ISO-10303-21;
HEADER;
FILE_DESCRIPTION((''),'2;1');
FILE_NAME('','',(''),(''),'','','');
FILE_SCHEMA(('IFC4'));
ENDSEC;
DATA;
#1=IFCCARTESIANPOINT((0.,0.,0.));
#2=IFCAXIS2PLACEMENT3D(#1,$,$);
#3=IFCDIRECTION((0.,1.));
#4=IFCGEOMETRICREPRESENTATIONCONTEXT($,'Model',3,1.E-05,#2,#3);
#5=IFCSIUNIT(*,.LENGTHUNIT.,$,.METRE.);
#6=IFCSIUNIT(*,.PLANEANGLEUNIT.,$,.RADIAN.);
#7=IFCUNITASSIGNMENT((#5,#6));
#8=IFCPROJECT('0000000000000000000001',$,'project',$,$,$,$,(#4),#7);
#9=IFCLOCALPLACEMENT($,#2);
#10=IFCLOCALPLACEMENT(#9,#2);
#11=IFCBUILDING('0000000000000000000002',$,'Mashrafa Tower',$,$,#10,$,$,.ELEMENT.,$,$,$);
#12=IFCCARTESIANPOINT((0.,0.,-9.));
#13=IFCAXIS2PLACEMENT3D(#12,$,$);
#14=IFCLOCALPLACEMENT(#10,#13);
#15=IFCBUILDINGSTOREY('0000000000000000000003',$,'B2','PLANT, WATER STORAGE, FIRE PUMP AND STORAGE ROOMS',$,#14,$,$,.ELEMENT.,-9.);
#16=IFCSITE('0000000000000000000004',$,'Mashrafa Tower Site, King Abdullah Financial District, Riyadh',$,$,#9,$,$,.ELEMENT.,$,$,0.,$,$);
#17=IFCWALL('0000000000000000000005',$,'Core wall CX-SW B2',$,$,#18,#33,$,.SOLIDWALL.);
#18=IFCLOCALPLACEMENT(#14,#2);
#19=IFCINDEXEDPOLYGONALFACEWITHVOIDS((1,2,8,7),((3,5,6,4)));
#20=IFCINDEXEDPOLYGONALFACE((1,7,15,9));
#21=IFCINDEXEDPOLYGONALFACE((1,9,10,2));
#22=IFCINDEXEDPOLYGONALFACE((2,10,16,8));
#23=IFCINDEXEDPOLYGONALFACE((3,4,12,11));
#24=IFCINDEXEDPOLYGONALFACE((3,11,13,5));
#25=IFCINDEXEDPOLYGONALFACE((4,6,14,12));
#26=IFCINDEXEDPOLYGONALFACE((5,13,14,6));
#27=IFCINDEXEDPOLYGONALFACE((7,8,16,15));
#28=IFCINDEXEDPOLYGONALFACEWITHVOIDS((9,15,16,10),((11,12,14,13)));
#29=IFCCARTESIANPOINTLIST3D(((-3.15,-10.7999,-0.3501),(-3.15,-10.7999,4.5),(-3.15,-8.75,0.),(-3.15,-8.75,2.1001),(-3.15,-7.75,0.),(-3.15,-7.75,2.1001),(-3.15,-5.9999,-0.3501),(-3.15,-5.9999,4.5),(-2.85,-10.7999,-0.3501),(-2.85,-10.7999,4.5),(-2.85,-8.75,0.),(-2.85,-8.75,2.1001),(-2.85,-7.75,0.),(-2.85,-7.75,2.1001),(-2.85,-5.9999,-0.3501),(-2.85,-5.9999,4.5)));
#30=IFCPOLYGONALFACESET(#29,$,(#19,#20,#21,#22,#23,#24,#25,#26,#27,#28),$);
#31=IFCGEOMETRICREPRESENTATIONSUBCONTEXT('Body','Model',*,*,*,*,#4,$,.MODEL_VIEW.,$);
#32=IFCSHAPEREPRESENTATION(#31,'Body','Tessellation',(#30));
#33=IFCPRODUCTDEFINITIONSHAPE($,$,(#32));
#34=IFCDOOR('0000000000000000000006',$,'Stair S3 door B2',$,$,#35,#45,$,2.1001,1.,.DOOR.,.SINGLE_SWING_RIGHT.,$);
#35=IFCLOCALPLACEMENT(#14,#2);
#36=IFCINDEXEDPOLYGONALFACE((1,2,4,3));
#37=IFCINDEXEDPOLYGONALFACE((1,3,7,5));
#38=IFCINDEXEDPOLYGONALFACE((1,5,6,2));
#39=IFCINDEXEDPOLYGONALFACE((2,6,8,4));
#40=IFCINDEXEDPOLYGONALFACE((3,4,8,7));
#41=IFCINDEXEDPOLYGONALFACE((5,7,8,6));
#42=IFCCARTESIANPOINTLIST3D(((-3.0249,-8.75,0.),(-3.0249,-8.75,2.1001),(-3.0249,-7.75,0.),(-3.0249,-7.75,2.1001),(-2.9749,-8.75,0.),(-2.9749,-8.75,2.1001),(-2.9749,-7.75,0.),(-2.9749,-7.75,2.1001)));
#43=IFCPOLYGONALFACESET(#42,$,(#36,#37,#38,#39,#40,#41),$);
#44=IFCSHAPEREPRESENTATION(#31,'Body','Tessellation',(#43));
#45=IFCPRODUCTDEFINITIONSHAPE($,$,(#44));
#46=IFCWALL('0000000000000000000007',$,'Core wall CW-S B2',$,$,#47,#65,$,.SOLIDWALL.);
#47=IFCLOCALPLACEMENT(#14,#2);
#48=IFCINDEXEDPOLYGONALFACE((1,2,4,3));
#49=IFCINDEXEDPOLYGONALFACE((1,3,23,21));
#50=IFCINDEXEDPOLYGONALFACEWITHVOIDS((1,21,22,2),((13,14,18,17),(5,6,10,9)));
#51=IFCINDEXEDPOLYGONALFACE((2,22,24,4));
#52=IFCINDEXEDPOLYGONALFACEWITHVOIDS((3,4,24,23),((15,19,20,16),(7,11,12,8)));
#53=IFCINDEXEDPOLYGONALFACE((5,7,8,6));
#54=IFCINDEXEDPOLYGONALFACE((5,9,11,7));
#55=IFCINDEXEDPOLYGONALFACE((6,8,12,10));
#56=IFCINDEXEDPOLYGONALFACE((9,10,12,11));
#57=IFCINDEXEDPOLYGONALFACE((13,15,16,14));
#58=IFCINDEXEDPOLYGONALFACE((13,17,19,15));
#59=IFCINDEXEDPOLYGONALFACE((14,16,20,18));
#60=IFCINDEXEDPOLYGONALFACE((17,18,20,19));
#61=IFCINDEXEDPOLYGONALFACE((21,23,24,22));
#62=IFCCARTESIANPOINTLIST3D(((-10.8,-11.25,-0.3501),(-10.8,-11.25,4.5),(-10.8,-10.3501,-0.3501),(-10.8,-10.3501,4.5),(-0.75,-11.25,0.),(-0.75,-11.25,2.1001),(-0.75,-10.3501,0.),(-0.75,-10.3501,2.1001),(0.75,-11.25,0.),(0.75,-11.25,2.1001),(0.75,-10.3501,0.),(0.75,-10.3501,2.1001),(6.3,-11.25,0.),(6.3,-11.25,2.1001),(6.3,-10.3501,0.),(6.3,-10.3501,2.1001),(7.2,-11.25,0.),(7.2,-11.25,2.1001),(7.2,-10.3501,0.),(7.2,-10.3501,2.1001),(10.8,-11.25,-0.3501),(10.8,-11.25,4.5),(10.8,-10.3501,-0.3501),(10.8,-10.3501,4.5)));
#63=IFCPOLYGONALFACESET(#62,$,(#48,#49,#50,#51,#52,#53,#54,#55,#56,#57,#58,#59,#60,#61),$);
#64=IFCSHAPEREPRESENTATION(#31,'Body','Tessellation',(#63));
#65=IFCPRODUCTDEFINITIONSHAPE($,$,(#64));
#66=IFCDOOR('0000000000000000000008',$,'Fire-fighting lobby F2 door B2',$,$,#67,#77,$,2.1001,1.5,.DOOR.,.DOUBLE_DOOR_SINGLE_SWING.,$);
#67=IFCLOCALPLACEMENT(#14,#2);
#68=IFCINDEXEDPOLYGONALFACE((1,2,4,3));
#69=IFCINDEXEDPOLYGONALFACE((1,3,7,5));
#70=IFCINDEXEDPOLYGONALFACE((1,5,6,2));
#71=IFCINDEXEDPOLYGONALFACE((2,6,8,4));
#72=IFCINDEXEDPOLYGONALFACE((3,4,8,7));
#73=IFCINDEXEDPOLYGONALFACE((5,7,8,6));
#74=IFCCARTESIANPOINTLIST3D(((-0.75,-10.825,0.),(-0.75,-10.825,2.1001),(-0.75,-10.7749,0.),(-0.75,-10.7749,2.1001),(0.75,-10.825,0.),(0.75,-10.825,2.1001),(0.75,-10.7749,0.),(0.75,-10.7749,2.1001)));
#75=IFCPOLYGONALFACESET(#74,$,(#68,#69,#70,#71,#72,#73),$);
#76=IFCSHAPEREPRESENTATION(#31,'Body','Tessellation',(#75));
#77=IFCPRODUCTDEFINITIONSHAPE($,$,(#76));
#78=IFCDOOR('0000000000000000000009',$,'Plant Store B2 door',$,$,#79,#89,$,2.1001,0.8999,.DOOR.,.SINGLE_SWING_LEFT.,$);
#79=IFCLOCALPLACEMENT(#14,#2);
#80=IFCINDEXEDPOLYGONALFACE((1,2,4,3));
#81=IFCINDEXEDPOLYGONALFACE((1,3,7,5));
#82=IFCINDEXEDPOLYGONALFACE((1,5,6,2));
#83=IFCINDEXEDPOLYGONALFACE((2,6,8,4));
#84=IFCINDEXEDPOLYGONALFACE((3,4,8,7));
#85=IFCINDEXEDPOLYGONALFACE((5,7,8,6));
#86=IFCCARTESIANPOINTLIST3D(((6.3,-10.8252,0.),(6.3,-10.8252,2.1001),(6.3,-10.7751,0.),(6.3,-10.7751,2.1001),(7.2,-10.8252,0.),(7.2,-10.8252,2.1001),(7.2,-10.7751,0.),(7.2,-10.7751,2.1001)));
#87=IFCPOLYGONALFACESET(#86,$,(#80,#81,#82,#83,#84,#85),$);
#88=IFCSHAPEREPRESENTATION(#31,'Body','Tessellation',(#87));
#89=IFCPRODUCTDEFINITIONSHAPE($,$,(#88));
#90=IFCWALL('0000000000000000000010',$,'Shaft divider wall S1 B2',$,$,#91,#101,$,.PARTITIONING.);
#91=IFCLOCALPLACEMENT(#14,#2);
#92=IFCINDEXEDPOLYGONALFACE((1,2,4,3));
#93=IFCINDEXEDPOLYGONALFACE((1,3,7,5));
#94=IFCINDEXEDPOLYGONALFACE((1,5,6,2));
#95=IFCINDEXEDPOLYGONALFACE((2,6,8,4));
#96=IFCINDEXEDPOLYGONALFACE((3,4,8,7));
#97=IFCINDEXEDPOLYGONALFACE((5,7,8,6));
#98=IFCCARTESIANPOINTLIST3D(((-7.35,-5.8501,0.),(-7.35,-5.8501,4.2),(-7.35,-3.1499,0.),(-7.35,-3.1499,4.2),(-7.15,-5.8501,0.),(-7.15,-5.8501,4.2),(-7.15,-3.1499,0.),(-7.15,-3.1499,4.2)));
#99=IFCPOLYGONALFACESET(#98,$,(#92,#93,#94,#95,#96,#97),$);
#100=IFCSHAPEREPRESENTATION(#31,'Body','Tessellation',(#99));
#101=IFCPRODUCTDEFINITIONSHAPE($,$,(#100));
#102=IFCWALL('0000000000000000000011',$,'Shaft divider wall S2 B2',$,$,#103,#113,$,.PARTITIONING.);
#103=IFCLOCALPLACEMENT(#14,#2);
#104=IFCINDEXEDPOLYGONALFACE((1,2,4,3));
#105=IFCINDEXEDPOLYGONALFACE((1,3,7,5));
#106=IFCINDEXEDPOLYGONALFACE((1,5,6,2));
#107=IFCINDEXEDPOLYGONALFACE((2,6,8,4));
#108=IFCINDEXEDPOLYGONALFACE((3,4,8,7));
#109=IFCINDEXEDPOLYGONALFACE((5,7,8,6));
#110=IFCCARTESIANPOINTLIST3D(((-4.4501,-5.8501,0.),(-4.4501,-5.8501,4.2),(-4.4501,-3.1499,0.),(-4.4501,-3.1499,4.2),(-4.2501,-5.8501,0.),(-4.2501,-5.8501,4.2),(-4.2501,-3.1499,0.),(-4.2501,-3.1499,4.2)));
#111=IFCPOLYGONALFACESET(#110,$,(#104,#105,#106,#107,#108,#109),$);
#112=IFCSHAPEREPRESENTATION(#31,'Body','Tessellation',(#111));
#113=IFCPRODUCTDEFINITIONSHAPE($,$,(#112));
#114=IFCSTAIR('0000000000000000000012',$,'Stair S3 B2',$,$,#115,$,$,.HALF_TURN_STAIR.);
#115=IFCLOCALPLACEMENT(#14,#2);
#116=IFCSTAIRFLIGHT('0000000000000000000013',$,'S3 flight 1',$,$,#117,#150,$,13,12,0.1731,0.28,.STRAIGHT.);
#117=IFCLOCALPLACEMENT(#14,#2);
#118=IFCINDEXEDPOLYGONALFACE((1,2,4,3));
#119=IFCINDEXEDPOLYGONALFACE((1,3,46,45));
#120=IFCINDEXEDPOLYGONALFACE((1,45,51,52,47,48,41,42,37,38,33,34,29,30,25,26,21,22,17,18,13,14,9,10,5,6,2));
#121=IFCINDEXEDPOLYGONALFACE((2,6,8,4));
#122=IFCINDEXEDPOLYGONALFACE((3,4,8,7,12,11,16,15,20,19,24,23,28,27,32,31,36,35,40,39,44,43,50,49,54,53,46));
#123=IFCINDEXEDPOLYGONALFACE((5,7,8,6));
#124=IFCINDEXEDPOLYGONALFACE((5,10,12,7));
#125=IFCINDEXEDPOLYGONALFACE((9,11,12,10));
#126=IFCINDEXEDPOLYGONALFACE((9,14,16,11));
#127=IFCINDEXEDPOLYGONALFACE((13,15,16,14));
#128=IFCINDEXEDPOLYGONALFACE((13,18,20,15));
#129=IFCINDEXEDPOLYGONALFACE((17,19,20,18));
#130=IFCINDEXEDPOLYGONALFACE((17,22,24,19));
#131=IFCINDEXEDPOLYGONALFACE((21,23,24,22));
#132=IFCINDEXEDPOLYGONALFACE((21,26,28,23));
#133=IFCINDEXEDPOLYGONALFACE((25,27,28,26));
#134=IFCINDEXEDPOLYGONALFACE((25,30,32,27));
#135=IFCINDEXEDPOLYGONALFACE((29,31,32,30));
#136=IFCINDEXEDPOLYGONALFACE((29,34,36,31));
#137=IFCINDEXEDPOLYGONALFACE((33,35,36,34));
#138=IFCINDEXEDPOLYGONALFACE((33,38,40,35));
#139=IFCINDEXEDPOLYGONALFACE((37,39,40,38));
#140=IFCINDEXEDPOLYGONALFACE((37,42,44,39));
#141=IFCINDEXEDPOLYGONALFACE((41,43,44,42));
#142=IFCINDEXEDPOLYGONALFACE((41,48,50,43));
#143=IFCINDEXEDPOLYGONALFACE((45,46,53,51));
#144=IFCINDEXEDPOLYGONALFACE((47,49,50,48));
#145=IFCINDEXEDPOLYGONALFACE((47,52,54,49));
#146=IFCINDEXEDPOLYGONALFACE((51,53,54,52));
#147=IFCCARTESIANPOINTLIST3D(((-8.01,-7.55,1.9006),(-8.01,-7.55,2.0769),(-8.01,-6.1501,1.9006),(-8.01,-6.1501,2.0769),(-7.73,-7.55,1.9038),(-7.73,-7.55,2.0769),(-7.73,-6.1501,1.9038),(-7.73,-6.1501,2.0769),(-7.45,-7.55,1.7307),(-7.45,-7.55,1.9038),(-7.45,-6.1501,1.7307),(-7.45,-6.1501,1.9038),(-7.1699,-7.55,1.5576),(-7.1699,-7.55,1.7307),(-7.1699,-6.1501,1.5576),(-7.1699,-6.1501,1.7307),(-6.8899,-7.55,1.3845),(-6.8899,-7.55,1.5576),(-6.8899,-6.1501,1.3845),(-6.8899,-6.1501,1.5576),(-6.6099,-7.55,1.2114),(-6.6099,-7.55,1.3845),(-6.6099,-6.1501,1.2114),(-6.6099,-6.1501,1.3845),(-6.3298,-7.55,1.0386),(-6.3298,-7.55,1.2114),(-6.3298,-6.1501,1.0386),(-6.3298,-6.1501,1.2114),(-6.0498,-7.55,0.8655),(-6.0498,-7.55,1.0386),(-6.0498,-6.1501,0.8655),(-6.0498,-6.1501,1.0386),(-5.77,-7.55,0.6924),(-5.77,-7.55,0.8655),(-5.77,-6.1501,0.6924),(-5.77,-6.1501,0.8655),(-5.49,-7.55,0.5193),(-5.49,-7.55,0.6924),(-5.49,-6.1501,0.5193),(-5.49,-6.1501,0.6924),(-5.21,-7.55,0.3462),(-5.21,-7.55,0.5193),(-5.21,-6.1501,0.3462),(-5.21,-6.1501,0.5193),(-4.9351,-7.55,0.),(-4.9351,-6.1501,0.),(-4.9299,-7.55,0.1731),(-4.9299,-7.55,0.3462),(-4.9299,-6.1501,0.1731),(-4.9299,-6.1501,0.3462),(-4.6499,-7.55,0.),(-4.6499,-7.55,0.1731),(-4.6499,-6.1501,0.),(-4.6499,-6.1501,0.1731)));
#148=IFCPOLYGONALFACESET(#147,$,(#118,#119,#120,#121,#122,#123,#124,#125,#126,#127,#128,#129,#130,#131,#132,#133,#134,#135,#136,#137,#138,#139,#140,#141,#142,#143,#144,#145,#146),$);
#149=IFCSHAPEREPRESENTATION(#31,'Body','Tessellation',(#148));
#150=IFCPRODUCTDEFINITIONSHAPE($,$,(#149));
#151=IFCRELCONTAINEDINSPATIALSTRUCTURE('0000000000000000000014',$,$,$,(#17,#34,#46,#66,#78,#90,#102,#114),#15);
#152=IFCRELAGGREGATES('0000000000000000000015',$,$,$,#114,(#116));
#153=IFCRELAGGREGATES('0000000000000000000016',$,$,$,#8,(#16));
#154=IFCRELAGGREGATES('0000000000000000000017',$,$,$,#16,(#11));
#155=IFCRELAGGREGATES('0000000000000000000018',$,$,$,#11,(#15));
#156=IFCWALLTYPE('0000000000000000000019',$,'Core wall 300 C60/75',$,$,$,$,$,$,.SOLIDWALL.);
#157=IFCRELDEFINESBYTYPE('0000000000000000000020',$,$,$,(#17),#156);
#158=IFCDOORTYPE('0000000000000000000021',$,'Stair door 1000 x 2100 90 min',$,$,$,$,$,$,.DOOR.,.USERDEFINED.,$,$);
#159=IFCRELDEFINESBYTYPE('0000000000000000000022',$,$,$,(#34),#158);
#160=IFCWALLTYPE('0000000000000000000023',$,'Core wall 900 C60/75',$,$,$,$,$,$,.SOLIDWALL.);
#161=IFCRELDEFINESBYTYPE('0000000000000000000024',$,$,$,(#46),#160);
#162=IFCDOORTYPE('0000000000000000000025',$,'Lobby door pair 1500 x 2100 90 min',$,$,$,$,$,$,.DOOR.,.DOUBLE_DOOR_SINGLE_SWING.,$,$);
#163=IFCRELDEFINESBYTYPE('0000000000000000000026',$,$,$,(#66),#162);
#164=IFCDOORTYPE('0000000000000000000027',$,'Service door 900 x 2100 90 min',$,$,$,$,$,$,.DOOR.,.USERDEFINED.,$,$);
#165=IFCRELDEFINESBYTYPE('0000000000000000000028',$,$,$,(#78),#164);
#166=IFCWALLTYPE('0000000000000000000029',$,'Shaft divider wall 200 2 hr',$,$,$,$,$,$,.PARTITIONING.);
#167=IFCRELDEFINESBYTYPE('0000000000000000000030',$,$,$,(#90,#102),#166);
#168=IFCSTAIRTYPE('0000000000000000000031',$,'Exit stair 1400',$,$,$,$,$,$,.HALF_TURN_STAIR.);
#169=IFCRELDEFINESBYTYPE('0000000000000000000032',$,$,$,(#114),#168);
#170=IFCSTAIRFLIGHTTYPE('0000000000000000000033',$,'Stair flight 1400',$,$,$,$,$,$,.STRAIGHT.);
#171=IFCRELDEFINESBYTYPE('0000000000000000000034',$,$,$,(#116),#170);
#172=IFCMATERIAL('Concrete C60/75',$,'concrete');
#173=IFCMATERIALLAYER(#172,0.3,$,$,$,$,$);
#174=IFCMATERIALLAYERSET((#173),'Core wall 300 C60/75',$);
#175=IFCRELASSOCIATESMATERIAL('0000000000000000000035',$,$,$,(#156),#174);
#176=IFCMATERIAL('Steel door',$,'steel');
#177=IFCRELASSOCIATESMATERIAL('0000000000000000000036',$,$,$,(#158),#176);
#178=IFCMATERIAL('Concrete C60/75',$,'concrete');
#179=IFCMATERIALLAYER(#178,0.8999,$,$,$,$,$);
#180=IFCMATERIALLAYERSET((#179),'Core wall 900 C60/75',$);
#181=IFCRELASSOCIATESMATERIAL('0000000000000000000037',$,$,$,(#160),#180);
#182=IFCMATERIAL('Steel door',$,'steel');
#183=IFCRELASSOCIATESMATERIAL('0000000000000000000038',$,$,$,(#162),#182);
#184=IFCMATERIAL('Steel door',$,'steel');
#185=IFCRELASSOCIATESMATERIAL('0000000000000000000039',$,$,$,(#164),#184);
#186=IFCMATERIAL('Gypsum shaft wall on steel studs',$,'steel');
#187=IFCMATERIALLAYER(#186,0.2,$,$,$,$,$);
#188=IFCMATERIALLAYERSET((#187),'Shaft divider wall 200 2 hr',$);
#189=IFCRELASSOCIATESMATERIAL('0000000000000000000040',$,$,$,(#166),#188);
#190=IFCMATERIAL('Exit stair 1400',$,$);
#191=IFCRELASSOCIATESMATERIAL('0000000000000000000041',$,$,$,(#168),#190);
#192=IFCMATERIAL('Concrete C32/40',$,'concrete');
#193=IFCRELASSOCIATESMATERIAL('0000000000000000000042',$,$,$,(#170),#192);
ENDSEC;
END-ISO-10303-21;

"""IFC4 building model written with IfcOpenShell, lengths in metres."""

from ifc_helpers import new_model, si_unit, direction, frame, frame_2d, origin, place, context, subcontext, project, spatial, polyline, rectangle, outline, extrude, material, layer, layer_set, type_object, element, fill, aggregate, save


model = new_model("IFC4")

# Units and contexts
model_context = context("Model", 3, precision=1e-05, world=origin(), true_north=direction((0.0, 1.0)))
body_context = subcontext(model_context, "Body", "Model", "MODEL_VIEW")
ifc_project = project(units=[si_unit("LENGTHUNIT", "METRE"), si_unit("PLANEANGLEUNIT", "RADIAN")], contexts=[model_context])

# Site, building, storey
site_placement = place(None, origin())
site = spatial("IfcSite", under=ifc_project, at=site_placement, Name="Mashrafa Tower Site, King Abdullah Financial District, Riyadh", CompositionType="ELEMENT", RefElevation=0.0)
building_placement = place(site_placement, origin())
building = spatial("IfcBuilding", under=site, at=building_placement, Name="Mashrafa Tower", CompositionType="ELEMENT")
storey_placement = place(building_placement, frame((0.0, 0.0, -9.0)))
storey = spatial("IfcBuildingStorey", under=building, at=storey_placement, Name="B2", Description="PLANT, WATER STORAGE, FIRE PUMP AND STORAGE ROOMS", CompositionType="ELEMENT", Elevation=-9.0)

# Shared definitions
ifc_material_1 = material(Name="Concrete C60/75", Category="concrete")
ifc_layer_1 = layer(ifc_material_1, 0.3)
ifc_layer_set_1 = layer_set([ifc_layer_1], Name="Core wall 300 C60/75")
wall_type_1 = type_object("IfcWallType", Name="Core wall 300 C60/75", PredefinedType="SOLIDWALL", material=ifc_layer_set_1)

# Wall, opening, door
wall_1_placement = place(storey_placement, frame((-3.0, -6.0, -0.3501), z_axis=(0.0, 0.0, 1.0), x_axis=(0.0, -1.0, 0.0)))
wall_1 = element("IfcWall", 1, at=wall_1_placement, inside=storey, type_object=wall_type_1, Name="Core wall CX-SW B2", PredefinedType="SOLIDWALL", context=body_context, shape_type="SweptSolid", body=[
    extrude(rectangle(XDim=4.8, YDim=0.3, at=frame_2d((2.3999, 0.0))), origin(), (0.0, 0.0, 1.0), 4.8501),
])
opening_1_placement = place(wall_1_placement, frame((1.75, 0.0, 0.3501)))
opening_1 = element("IfcOpeningElement", 2, at=opening_1_placement, cuts=wall_1, PredefinedType="OPENING", context=body_context, shape_type="SweptSolid", body=[
    extrude(rectangle(XDim=1.0, YDim=2.1001, at=frame_2d((0.5, 1.05))), frame((0.0, 0.1599, 0.0), z_axis=(0.0, -1.0, 0.0), x_axis=(1.0, 0.0, 0.0)), (0.0, 0.0, 1.0), 0.3201),
])
ifc_material_2 = material(Name="Steel door", Category="steel")
door_type_1 = type_object("IfcDoorType", Name="Stair door 1000 x 2100 90 min", OperationType="USERDEFINED", PredefinedType="DOOR", material=ifc_material_2)
door_1_placement = place(opening_1_placement, frame((1.0, 0.0, 0.0), z_axis=(0.0, 0.0, 1.0), x_axis=(-1.0, 0.0, 0.0)))
door_1 = element("IfcDoor", 3, at=door_1_placement, inside=storey, type_object=door_type_1, Name="Stair S3 door B2", OperationType="SINGLE_SWING_RIGHT", OverallHeight=2.1001, OverallWidth=1.0, PredefinedType="DOOR", context=body_context, shape_type="SweptSolid", body=[
    extrude(rectangle(XDim=1.0, YDim=2.1001, at=frame_2d((0.5, 1.05))), frame((0.0, 0.0249, 0.0), z_axis=(0.0, -1.0, 0.0), x_axis=(1.0, 0.0, 0.0)), (0.0, 0.0, 1.0), 0.05),
])
fill(opening_1, door_1)

# Wall, openings, doors
ifc_material_3 = material(Name="Concrete C60/75", Category="concrete")
ifc_layer_2 = layer(ifc_material_3, 0.8999)
ifc_layer_set_2 = layer_set([ifc_layer_2], Name="Core wall 900 C60/75")
wall_type_2 = type_object("IfcWallType", Name="Core wall 900 C60/75", PredefinedType="SOLIDWALL", material=ifc_layer_set_2)
wall_2_placement = place(storey_placement, frame((-10.8, -10.8, -0.3501), z_axis=(0.0, 0.0, 1.0), x_axis=(1.0, 0.0, 0.0)))
wall_2 = element("IfcWall", 4, at=wall_2_placement, inside=storey, type_object=wall_type_2, Name="Core wall CW-S B2", PredefinedType="SOLIDWALL", context=body_context, shape_type="SweptSolid", body=[
    extrude(rectangle(XDim=21.6001, YDim=0.8999, at=frame_2d((10.8, 0.0))), origin(), (0.0, 0.0, 1.0), 4.8501),
])
opening_2_placement = place(wall_2_placement, frame((10.05, 0.0, 0.3501)))
opening_2 = element("IfcOpeningElement", 5, at=opening_2_placement, cuts=wall_2, PredefinedType="OPENING", context=body_context, shape_type="SweptSolid", body=[
    extrude(rectangle(XDim=1.5, YDim=2.1001, at=frame_2d((0.75, 1.05))), frame((0.0, 0.46, 0.0), z_axis=(0.0, -1.0, 0.0), x_axis=(1.0, 0.0, 0.0)), (0.0, 0.0, 1.0), 0.9199),
])
opening_3_placement = place(wall_2_placement, frame((17.1001, 0.0, 0.3501)))
opening_3 = element("IfcOpeningElement", 6, at=opening_3_placement, cuts=wall_2, PredefinedType="OPENING", context=body_context, shape_type="SweptSolid", body=[
    extrude(rectangle(XDim=0.8999, YDim=2.1001, at=frame_2d((0.45, 1.05))), frame((0.0, 0.46, 0.0), z_axis=(0.0, -1.0, 0.0), x_axis=(1.0, 0.0, 0.0)), (0.0, 0.0, 1.0), 0.9199),
])
ifc_material_4 = material(Name="Steel door", Category="steel")
door_type_2 = type_object("IfcDoorType", Name="Lobby door pair 1500 x 2100 90 min", OperationType="DOUBLE_DOOR_SINGLE_SWING", PredefinedType="DOOR", material=ifc_material_4)
door_2_placement = place(opening_2_placement, frame((1.5, 0.0, 0.0), z_axis=(0.0, 0.0, 1.0), x_axis=(-1.0, 0.0, 0.0)))
door_2 = element("IfcDoor", 7, at=door_2_placement, inside=storey, type_object=door_type_2, Name="Fire-fighting lobby F2 door B2", OperationType="DOUBLE_DOOR_SINGLE_SWING", OverallHeight=2.1001, OverallWidth=1.5, PredefinedType="DOOR", context=body_context, shape_type="SweptSolid", body=[
    extrude(rectangle(XDim=1.5, YDim=2.1001, at=frame_2d((0.75, 1.05))), frame((0.0, 0.0249, 0.0), z_axis=(0.0, -1.0, 0.0), x_axis=(1.0, 0.0, 0.0)), (0.0, 0.0, 1.0), 0.05),
])
fill(opening_2, door_2)
ifc_material_5 = material(Name="Steel door", Category="steel")
door_type_3 = type_object("IfcDoorType", Name="Service door 900 x 2100 90 min", OperationType="USERDEFINED", PredefinedType="DOOR", material=ifc_material_5)
door_3_placement = place(opening_3_placement, origin())
door_3 = element("IfcDoor", 8, at=door_3_placement, inside=storey, type_object=door_type_3, Name="Plant Store B2 door", OperationType="SINGLE_SWING_LEFT", OverallHeight=2.1001, OverallWidth=0.8999, PredefinedType="DOOR", context=body_context, shape_type="SweptSolid", body=[
    extrude(rectangle(XDim=0.8999, YDim=2.1001, at=frame_2d((0.45, 1.05))), frame((0.0, 0.0249, 0.0), z_axis=(0.0, -1.0, 0.0), x_axis=(1.0, 0.0, 0.0)), (0.0, 0.0, 1.0), 0.05),
])
fill(opening_3, door_3)

# Walls
ifc_material_6 = material(Name="Gypsum shaft wall on steel studs", Category="steel")
ifc_layer_3 = layer(ifc_material_6, 0.2)
ifc_layer_set_3 = layer_set([ifc_layer_3], Name="Shaft divider wall 200 2 hr")
wall_type_3 = type_object("IfcWallType", Name="Shaft divider wall 200 2 hr", PredefinedType="PARTITIONING", material=ifc_layer_set_3)
for number, where, z_axis, x_axis, name in (
    (9, (-7.25, -5.8501, 0.0), (0.0, 0.0, 1.0), (0.0, 1.0, 0.0), "Shaft divider wall S1 B2"),
    (10, (-4.3501, -5.8501, 0.0), (0.0, 0.0, 1.0), (0.0, 1.0, 0.0), "Shaft divider wall S2 B2"),
):
    element("IfcWall", number, at=place(storey_placement, frame(where, z_axis=z_axis, x_axis=x_axis)), inside=storey, type_object=wall_type_3, Name=name, PredefinedType="PARTITIONING", context=body_context, shape_type="SweptSolid", body=[
        extrude(rectangle(XDim=2.7002, YDim=0.2, at=frame_2d((1.3501, 0.0))), origin(), (0.0, 0.0, 1.0), 4.2),
    ])

# Stair, stair flight
ifc_material_7 = material(Name="Exit stair 1400")
stair_type = type_object("IfcStairType", Name="Exit stair 1400", PredefinedType="HALF_TURN_STAIR", material=ifc_material_7)
stair_placement = place(storey_placement, origin())
stair = element("IfcStair", 11, at=stair_placement, inside=storey, type_object=stair_type, Name="Stair S3 B2", PredefinedType="HALF_TURN_STAIR")
ifc_material_8 = material(Name="Concrete C32/40", Category="concrete")
stair_flight_type = type_object("IfcStairFlightType", Name="Stair flight 1400", PredefinedType="STRAIGHT", material=ifc_material_8)
stair_flight_1_placement = place(storey_placement, frame((-4.6499, -6.8501, 0.0), z_axis=(0.0, 0.0, 1.0), x_axis=(-1.0, 0.0, 0.0)))
stair_flight_1 = element("IfcStairFlight", 12, at=stair_flight_1_placement, type_object=stair_flight_type, Name="S3 flight 1", NumberOfRisers=13, NumberOfTreads=12, PredefinedType="STRAIGHT", RiserHeight=0.1731, TreadLength=0.28, context=body_context, shape_type="SweptSolid", body=[
    extrude(outline(polyline([(0.0, 0.0), (0.0, 0.1731), (0.28, 0.1731), (0.28, 0.3462), (0.5601, 0.3462), (0.5601, 0.5193), (0.8401, 0.5193), (0.8401, 0.6924), (1.1201, 0.6924), (1.1201, 0.8655), (1.3999, 0.8655), (1.3999, 1.0386), (1.6799, 1.0386), (1.6799, 1.2114), (1.96, 1.2114), (1.96, 1.3845), (2.24, 1.3845), (2.24, 1.5576), (2.52, 1.5576), (2.52, 1.7307), (2.8, 1.7307), (2.8, 1.9038), (3.0801, 1.9038), (3.0801, 2.0769), (3.3601, 2.0769), (3.3601, 2.25), (3.3601, 1.9006), (0.2852, 0.0), (0.0, 0.0)])), frame((0.0, 0.7, 0.0), z_axis=(0.0, -1.0, 0.0), x_axis=(1.0, 0.0, 0.0)), (0.0, 0.0, 1.0), 1.3999),
])
aggregate(stair, [stair_flight_1])

save(model, "model.ifc")
